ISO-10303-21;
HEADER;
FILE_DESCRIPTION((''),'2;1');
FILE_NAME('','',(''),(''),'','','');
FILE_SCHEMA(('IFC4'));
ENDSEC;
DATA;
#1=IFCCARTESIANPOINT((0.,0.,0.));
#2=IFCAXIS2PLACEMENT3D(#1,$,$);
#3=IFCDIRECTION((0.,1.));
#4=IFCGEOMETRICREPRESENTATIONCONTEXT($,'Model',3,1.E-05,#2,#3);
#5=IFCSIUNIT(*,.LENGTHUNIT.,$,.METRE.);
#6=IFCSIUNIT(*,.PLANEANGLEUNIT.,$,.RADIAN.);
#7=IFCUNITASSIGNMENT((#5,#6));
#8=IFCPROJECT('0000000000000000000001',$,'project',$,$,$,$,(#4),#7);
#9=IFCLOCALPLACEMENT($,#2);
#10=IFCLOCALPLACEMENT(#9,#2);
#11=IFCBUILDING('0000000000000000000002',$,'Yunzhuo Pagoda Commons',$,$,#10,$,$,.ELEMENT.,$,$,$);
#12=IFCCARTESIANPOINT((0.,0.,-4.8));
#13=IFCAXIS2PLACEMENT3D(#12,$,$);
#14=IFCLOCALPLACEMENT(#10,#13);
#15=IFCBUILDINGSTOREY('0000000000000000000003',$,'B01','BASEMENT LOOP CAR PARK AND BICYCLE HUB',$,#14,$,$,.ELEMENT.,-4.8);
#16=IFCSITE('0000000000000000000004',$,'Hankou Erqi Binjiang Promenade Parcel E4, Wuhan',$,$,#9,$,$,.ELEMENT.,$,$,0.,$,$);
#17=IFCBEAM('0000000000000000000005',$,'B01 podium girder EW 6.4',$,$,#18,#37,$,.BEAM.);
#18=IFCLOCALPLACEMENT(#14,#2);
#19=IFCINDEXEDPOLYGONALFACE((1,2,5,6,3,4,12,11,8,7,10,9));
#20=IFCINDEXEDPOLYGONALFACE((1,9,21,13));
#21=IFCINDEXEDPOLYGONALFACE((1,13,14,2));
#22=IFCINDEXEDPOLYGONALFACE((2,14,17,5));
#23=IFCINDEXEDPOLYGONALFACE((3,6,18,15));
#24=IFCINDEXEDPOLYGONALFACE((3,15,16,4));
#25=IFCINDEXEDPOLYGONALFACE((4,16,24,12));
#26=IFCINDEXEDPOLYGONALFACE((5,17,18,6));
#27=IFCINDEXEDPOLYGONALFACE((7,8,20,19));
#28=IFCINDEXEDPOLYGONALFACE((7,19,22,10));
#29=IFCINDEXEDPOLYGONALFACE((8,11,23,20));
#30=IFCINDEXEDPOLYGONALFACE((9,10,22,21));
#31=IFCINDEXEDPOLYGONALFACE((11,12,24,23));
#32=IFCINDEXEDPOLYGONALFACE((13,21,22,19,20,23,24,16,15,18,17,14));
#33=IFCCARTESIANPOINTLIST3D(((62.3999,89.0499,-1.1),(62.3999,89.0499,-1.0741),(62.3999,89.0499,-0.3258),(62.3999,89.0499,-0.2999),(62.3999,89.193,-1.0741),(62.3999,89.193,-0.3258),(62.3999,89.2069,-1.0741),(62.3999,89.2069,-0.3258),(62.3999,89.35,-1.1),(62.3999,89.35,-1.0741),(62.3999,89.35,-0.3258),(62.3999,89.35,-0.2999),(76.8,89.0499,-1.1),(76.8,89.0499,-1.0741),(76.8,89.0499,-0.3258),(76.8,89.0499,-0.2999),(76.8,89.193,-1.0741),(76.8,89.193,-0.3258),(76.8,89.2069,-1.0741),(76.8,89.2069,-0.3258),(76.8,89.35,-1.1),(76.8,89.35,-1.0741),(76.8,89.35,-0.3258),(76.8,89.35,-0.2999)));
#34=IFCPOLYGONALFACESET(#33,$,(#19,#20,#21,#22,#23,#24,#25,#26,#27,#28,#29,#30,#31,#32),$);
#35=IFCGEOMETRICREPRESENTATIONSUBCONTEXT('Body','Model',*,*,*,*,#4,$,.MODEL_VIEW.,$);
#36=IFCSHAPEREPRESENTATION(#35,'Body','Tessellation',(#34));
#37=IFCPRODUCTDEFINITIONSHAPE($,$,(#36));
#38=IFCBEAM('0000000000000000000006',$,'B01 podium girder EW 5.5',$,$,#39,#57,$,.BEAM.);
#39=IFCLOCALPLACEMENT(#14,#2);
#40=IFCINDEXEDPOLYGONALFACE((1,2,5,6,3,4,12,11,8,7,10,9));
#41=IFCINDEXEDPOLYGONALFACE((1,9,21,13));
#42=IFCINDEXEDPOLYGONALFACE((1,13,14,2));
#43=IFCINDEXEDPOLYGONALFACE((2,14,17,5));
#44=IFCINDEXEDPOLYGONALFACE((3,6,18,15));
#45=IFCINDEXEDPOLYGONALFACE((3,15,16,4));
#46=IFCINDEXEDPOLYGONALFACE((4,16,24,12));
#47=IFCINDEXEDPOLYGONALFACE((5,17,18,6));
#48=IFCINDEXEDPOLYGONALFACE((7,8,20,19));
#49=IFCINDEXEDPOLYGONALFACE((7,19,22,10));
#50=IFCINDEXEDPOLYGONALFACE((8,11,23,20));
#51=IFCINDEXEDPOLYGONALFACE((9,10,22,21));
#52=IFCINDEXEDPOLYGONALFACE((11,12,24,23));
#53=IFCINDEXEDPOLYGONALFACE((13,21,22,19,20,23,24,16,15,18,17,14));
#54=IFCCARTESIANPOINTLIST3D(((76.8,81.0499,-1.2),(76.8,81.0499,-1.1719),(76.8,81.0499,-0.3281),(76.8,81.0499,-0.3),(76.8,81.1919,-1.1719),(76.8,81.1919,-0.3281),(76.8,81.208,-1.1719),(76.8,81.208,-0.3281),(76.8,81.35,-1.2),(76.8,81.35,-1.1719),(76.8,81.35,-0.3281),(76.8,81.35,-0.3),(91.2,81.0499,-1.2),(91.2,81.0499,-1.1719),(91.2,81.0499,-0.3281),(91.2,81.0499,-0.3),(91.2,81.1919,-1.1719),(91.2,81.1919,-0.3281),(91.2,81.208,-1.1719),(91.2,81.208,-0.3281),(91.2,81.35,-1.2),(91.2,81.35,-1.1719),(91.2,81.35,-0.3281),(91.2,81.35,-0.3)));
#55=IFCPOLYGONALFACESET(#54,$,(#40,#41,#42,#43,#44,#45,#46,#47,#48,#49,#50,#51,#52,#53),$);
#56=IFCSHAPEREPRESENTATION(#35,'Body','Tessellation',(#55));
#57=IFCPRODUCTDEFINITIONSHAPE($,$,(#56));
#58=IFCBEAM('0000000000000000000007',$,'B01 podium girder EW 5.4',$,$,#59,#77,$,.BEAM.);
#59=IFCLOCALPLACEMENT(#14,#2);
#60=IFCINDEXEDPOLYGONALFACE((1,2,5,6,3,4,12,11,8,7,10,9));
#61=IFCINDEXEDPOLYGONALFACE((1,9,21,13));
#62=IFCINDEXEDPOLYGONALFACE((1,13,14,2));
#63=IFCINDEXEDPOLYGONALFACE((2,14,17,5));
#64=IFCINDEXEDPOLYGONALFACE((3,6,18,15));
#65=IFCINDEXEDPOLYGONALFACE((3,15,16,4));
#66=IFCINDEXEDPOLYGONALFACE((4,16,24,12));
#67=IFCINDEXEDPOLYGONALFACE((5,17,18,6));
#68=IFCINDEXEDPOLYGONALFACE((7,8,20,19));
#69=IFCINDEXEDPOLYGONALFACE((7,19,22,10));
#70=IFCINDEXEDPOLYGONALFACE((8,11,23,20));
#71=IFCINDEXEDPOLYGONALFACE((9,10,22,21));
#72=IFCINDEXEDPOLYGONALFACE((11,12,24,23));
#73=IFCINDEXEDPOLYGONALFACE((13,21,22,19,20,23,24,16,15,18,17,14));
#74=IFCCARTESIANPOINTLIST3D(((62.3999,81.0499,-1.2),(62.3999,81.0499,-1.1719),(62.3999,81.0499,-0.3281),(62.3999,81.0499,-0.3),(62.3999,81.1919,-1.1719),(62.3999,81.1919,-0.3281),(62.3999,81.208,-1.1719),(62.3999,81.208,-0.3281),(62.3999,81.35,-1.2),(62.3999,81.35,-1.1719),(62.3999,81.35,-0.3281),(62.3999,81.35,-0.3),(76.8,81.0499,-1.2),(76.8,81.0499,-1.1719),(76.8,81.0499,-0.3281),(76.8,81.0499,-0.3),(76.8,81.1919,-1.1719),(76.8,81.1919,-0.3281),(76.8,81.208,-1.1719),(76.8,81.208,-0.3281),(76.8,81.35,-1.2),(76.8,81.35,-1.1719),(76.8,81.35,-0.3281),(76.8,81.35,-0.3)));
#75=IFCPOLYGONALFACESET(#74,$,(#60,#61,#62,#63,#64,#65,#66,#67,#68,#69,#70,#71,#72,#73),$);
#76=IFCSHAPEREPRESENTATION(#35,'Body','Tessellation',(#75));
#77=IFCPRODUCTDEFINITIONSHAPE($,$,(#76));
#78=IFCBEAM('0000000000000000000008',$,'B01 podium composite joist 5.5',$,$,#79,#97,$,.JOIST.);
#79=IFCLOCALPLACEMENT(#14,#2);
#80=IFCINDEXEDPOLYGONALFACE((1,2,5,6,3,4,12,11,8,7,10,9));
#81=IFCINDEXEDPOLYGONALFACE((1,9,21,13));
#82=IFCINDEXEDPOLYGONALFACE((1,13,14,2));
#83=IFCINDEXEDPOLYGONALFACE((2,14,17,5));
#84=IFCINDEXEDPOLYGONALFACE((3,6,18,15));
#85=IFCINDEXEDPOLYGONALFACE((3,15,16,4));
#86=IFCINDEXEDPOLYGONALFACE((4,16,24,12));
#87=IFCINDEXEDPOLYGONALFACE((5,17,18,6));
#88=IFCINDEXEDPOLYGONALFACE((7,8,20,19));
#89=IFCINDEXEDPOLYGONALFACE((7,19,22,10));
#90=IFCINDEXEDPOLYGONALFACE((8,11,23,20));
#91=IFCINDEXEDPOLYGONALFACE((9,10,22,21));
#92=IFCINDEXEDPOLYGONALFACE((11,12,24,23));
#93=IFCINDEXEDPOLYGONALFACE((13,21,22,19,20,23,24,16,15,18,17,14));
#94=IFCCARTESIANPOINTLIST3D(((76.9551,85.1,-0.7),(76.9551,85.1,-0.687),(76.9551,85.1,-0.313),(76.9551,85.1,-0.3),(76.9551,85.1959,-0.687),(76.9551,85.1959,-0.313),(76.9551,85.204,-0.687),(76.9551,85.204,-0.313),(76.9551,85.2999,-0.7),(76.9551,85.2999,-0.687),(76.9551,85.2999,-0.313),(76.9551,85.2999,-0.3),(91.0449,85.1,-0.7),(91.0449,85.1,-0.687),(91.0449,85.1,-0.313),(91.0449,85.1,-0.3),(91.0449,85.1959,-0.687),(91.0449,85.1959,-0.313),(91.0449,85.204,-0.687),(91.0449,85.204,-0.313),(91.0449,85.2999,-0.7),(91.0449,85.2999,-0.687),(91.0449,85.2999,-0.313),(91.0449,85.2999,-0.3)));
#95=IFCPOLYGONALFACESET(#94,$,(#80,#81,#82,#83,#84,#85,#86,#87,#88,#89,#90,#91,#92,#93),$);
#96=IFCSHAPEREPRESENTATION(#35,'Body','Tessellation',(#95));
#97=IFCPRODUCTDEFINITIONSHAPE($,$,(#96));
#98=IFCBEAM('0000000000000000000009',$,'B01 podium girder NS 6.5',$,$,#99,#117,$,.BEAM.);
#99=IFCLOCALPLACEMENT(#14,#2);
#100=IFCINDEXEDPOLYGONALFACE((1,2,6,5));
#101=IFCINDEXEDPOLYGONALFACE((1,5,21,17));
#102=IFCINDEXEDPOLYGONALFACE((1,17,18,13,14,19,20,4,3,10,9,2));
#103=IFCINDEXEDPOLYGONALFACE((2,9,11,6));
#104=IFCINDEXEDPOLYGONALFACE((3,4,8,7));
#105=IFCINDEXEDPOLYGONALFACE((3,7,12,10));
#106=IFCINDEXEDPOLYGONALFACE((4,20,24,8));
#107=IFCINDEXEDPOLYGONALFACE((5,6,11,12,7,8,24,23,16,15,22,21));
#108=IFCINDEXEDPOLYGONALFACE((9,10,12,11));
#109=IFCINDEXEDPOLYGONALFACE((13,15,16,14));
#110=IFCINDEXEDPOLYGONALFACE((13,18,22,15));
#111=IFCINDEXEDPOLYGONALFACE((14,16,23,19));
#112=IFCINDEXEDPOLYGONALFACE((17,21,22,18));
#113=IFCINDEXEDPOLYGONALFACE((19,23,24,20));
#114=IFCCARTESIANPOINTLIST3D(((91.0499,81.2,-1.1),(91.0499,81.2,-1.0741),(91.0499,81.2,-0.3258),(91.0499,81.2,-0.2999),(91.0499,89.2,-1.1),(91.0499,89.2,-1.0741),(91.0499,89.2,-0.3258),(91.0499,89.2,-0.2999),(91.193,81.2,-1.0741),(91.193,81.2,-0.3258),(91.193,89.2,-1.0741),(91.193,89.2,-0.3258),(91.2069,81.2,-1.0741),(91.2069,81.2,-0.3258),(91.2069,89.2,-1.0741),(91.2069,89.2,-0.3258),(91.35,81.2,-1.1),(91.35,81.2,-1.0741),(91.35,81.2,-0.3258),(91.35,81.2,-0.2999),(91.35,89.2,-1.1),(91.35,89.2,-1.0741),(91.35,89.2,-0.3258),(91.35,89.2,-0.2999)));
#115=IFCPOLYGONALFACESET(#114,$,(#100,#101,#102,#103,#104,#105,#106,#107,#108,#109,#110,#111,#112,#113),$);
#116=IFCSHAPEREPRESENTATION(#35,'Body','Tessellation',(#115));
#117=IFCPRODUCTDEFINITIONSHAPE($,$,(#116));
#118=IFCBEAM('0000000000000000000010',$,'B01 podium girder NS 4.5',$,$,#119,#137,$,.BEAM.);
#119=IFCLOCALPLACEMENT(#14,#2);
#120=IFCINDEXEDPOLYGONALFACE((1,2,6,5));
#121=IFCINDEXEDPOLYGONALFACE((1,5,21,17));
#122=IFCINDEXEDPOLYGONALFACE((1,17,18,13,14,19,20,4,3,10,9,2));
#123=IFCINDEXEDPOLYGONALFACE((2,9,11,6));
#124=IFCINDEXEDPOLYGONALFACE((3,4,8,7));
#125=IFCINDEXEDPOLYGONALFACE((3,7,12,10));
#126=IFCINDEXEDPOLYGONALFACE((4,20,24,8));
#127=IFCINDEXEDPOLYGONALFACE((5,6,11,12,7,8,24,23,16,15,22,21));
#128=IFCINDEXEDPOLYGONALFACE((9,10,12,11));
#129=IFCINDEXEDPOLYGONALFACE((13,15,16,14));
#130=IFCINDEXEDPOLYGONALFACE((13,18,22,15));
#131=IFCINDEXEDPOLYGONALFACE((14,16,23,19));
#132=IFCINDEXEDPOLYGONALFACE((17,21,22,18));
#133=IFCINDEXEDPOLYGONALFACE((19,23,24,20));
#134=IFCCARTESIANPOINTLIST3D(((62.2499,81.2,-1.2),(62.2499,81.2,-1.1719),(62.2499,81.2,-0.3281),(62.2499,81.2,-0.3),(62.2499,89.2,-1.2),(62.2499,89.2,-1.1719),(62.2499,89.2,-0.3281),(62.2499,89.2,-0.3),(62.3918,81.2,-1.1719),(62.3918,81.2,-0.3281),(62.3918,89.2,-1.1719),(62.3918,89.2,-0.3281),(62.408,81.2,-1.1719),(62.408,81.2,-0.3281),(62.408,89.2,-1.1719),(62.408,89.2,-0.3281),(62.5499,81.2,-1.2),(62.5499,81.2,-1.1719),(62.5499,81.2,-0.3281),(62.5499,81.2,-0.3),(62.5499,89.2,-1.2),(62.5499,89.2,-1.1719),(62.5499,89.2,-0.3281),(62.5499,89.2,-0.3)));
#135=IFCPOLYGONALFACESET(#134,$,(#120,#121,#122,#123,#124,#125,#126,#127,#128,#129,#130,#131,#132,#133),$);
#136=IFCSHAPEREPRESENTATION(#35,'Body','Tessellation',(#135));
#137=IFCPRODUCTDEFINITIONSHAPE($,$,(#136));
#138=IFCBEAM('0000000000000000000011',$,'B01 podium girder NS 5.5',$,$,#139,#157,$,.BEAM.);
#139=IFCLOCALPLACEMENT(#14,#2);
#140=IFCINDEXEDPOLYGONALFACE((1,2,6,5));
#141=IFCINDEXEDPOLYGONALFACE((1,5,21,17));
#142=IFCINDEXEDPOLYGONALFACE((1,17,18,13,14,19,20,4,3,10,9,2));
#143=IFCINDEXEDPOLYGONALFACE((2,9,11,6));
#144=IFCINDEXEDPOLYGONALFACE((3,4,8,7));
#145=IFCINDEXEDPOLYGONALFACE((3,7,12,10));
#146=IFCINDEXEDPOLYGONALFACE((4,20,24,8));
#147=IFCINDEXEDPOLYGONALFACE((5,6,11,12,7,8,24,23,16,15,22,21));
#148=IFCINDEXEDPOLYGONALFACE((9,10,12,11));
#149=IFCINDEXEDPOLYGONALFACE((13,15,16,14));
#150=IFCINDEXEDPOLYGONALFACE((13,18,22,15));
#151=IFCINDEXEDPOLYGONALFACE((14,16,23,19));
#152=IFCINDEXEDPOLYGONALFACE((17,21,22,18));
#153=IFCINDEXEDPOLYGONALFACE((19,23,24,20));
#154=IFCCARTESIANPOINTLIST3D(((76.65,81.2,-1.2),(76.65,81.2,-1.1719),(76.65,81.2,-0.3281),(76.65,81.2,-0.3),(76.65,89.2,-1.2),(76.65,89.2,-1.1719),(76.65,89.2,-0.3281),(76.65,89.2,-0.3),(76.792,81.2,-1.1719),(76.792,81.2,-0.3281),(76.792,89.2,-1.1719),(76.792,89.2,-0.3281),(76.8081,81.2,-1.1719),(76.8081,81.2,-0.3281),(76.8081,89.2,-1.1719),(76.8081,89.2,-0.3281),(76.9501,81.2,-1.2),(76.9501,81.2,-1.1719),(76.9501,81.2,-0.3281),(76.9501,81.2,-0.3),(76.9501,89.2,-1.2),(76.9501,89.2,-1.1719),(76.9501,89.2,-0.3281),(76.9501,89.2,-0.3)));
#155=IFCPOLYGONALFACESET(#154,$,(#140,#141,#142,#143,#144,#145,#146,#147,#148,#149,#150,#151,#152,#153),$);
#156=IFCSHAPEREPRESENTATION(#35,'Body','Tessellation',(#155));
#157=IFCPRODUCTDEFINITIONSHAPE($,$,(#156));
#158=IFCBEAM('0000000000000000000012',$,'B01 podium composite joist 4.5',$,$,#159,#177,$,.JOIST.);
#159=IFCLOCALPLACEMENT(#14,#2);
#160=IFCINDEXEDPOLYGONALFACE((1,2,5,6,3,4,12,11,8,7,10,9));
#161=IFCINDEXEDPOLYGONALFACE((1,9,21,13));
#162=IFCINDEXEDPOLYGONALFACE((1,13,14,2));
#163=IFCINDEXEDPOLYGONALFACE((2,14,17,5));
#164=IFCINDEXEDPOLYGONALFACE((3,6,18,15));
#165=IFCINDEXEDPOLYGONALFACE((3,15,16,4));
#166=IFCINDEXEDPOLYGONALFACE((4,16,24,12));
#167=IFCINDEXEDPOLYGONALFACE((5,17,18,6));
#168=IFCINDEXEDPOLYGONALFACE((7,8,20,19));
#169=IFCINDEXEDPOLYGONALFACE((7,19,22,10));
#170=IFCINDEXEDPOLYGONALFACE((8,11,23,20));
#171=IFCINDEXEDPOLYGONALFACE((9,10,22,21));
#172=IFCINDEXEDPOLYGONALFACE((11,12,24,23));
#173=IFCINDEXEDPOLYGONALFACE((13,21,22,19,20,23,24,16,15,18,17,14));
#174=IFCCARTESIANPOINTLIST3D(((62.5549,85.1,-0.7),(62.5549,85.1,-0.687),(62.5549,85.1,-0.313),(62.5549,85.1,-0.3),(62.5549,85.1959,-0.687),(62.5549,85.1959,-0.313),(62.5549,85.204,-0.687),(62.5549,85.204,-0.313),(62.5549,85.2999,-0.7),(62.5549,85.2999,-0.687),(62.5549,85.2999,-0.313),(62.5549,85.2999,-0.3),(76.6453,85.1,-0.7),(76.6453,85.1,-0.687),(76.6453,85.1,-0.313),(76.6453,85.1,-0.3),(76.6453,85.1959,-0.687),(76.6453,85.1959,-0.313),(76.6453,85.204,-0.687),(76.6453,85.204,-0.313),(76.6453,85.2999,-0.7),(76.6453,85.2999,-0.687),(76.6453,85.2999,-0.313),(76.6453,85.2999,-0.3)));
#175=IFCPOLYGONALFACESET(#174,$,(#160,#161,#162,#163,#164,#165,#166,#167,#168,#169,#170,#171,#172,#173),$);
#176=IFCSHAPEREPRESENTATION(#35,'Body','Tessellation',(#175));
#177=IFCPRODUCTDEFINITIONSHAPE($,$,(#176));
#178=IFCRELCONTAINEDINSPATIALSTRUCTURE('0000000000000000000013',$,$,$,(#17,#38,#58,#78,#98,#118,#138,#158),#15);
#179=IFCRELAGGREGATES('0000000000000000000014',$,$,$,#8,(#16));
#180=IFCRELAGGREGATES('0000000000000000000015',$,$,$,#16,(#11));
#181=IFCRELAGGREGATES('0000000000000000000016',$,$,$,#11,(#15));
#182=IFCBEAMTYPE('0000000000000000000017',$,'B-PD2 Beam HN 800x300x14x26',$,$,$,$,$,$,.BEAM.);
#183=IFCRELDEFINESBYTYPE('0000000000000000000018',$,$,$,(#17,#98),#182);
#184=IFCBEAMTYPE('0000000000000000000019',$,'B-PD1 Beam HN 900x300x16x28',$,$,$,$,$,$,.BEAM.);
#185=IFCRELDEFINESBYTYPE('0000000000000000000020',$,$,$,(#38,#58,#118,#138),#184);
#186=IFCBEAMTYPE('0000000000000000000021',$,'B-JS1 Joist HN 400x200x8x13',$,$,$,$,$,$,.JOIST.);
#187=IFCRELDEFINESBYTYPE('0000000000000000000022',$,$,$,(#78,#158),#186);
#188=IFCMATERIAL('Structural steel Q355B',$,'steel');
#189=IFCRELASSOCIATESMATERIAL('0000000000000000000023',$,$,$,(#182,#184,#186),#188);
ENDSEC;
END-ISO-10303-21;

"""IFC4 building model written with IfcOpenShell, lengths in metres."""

from ifc_helpers import new_model, si_unit, direction, frame, origin, origin_2d, place, context, subcontext, project, spatial, i_section, extrude, source, transform, mapped, material, material_profile, profile_set, type_object, element, save


model = new_model("IFC4")

# Units and contexts
model_context = context("Model", 3, precision=1e-05, world=origin(), true_north=direction((0.0, 1.0)))
body_context = subcontext(model_context, "Body", "Model", "MODEL_VIEW")
ifc_project = project(units=[si_unit("LENGTHUNIT", "METRE"), si_unit("PLANEANGLEUNIT", "RADIAN")], contexts=[model_context])

# Site, building, storey
site_placement = place(None, origin())
site = spatial("IfcSite", under=ifc_project, at=site_placement, Name="Hankou Erqi Binjiang Promenade Parcel E4, Wuhan", CompositionType="ELEMENT", RefElevation=0.0)
building_placement = place(site_placement, origin())
building = spatial("IfcBuilding", under=site, at=building_placement, Name="Yunzhuo Pagoda Commons", CompositionType="ELEMENT")
storey_placement = place(building_placement, frame((0.0, 0.0, -4.8)))
storey = spatial("IfcBuildingStorey", under=building, at=storey_placement, Name="B01", Description="BASEMENT LOOP CAR PARK AND BICYCLE HUB", CompositionType="ELEMENT", Elevation=-4.8)

# Beams
ifc_material_1 = material(Name="Structural steel Q355B", Category="steel")
ifc_material_profile_1 = material_profile(ifc_material_1, i_section(OverallWidth=0.3, OverallDepth=0.8, WebThickness=0.0139, FlangeThickness=0.0259, at=origin_2d()), Name="Structural steel Q355B")
ifc_profile_set_1 = profile_set([ifc_material_profile_1], Name="Structural steel Q355B")
beam_type_1 = type_object("IfcBeamType", Name="B-PD2 Beam HN 800x300x14x26", PredefinedType="BEAM", material=ifc_profile_set_1)
shared_shape_1 = source(origin(), body_context, "Body", "SweptSolid", [
    extrude(i_section(OverallWidth=0.3, OverallDepth=0.8, WebThickness=0.0139, FlangeThickness=0.0259, at=origin_2d()), origin(), (0.0, 0.0, 1.0), 14.4001),
])
beam_1_placement = place(storey_placement, frame((62.3999, 89.2, -0.7), z_axis=(1.0, 0.0, 0.0), x_axis=(0.0, 1.0, 0.0)))
element("IfcBeam", 1, at=beam_1_placement, inside=storey, type_object=beam_type_1, Name="B01 podium girder EW 6.4", PredefinedType="BEAM", context=body_context, shape_type="MappedRepresentation", body=[
    mapped(shared_shape_1, transform((0.0, 0.0, 0.0), scale=1.0)),
])
ifc_material_profile_2 = material_profile(ifc_material_1, i_section(OverallWidth=0.3, OverallDepth=0.8999, WebThickness=0.0161, FlangeThickness=0.0281, at=origin_2d()), Name="Structural steel Q355B")
ifc_profile_set_2 = profile_set([ifc_material_profile_2], Name="Structural steel Q355B")
beam_type_2 = type_object("IfcBeamType", Name="B-PD1 Beam HN 900x300x16x28", PredefinedType="BEAM", material=ifc_profile_set_2)
shared_shape_2 = source(origin(), body_context, "Body", "SweptSolid", [
    extrude(i_section(OverallWidth=0.3, OverallDepth=0.8999, WebThickness=0.0161, FlangeThickness=0.0281, at=origin_2d()), origin(), (0.0, 0.0, 1.0), 14.3999),
])
beam_2_placement = place(storey_placement, frame((76.8, 81.2, -0.75), z_axis=(1.0, 0.0, 0.0), x_axis=(0.0, 1.0, 0.0)))
element("IfcBeam", 2, at=beam_2_placement, inside=storey, type_object=beam_type_2, Name="B01 podium girder EW 5.5", PredefinedType="BEAM", context=body_context, shape_type="MappedRepresentation", body=[
    mapped(shared_shape_2, transform((0.0, 0.0, 0.0), scale=1.0)),
])
shared_shape_3 = source(origin(), body_context, "Body", "SweptSolid", [
    extrude(i_section(OverallWidth=0.3, OverallDepth=0.8999, WebThickness=0.0161, FlangeThickness=0.0281, at=origin_2d()), origin(), (0.0, 0.0, 1.0), 14.4001),
])
beam_3_placement = place(storey_placement, frame((62.3999, 81.2, -0.75), z_axis=(1.0, 0.0, 0.0), x_axis=(0.0, 1.0, 0.0)))
element("IfcBeam", 3, at=beam_3_placement, inside=storey, type_object=beam_type_2, Name="B01 podium girder EW 5.4", PredefinedType="BEAM", context=body_context, shape_type="MappedRepresentation", body=[
    mapped(shared_shape_3, transform((0.0, 0.0, 0.0), scale=1.0)),
])
ifc_material_profile_3 = material_profile(ifc_material_1, i_section(OverallWidth=0.2, OverallDepth=0.3999, WebThickness=0.0081, FlangeThickness=0.0129, at=origin_2d()), Name="Structural steel Q355B")
ifc_profile_set_3 = profile_set([ifc_material_profile_3], Name="Structural steel Q355B")
beam_type_3 = type_object("IfcBeamType", Name="B-JS1 Joist HN 400x200x8x13", PredefinedType="JOIST", material=ifc_profile_set_3)
shared_shape_4 = source(origin(), body_context, "Body", "SweptSolid", [
    extrude(i_section(OverallWidth=0.2, OverallDepth=0.3999, WebThickness=0.0081, FlangeThickness=0.0129, at=origin_2d()), origin(), (0.0, 0.0, 1.0), 14.0898),
])
beam_4_placement = place(storey_placement, frame((76.9551, 85.2, -0.5), z_axis=(1.0, 0.0, 0.0), x_axis=(0.0, 1.0, 0.0)))
element("IfcBeam", 4, at=beam_4_placement, inside=storey, type_object=beam_type_3, Name="B01 podium composite joist 5.5", PredefinedType="JOIST", context=body_context, shape_type="MappedRepresentation", body=[
    mapped(shared_shape_4, transform((0.0, 0.0, 0.0), scale=1.0)),
])
shared_shape_5 = source(origin(), body_context, "Body", "SweptSolid", [
    extrude(i_section(OverallWidth=0.3, OverallDepth=0.8, WebThickness=0.0139, FlangeThickness=0.0259, at=origin_2d()), origin(), (0.0, 0.0, 1.0), 8.0),
])
beam_5_placement = place(storey_placement, frame((91.2, 81.2, -0.7), z_axis=(0.0, 1.0, 0.0), x_axis=(-1.0, 0.0, 0.0)))
element("IfcBeam", 5, at=beam_5_placement, inside=storey, type_object=beam_type_1, Name="B01 podium girder NS 6.5", PredefinedType="BEAM", context=body_context, shape_type="MappedRepresentation", body=[
    mapped(shared_shape_5, transform((0.0, 0.0, 0.0), scale=1.0)),
])
shared_shape_6 = source(origin(), body_context, "Body", "SweptSolid", [
    extrude(i_section(OverallWidth=0.3, OverallDepth=0.8999, WebThickness=0.0161, FlangeThickness=0.0281, at=origin_2d()), origin(), (0.0, 0.0, 1.0), 8.0),
])
for number, where, z_axis, x_axis, name in (
    (6, (62.3999, 81.2, -0.75), (0.0, 1.0, 0.0), (-1.0, 0.0, 0.0), "B01 podium girder NS 4.5"),
    (7, (76.8, 81.2, -0.75), (0.0, 1.0, 0.0), (-1.0, 0.0, 0.0), "B01 podium girder NS 5.5"),
):
    element("IfcBeam", number, at=place(storey_placement, frame(where, z_axis=z_axis, x_axis=x_axis)), inside=storey, type_object=beam_type_2, Name=name, PredefinedType="BEAM", context=body_context, shape_type="MappedRepresentation", body=[
        mapped(shared_shape_6, transform((0.0, 0.0, 0.0), scale=1.0)),
    ])
shared_shape_7 = source(origin(), body_context, "Body", "SweptSolid", [
    extrude(i_section(OverallWidth=0.2, OverallDepth=0.3999, WebThickness=0.0081, FlangeThickness=0.0129, at=origin_2d()), origin(), (0.0, 0.0, 1.0), 14.0903),
])
beam_6_placement = place(storey_placement, frame((62.5549, 85.2, -0.5), z_axis=(1.0, 0.0, 0.0), x_axis=(0.0, 1.0, 0.0)))
element("IfcBeam", 8, at=beam_6_placement, inside=storey, type_object=beam_type_3, Name="B01 podium composite joist 4.5", PredefinedType="JOIST", context=body_context, shape_type="MappedRepresentation", body=[
    mapped(shared_shape_7, transform((0.0, 0.0, 0.0), scale=1.0)),
])

save(model, "model.ifc")
